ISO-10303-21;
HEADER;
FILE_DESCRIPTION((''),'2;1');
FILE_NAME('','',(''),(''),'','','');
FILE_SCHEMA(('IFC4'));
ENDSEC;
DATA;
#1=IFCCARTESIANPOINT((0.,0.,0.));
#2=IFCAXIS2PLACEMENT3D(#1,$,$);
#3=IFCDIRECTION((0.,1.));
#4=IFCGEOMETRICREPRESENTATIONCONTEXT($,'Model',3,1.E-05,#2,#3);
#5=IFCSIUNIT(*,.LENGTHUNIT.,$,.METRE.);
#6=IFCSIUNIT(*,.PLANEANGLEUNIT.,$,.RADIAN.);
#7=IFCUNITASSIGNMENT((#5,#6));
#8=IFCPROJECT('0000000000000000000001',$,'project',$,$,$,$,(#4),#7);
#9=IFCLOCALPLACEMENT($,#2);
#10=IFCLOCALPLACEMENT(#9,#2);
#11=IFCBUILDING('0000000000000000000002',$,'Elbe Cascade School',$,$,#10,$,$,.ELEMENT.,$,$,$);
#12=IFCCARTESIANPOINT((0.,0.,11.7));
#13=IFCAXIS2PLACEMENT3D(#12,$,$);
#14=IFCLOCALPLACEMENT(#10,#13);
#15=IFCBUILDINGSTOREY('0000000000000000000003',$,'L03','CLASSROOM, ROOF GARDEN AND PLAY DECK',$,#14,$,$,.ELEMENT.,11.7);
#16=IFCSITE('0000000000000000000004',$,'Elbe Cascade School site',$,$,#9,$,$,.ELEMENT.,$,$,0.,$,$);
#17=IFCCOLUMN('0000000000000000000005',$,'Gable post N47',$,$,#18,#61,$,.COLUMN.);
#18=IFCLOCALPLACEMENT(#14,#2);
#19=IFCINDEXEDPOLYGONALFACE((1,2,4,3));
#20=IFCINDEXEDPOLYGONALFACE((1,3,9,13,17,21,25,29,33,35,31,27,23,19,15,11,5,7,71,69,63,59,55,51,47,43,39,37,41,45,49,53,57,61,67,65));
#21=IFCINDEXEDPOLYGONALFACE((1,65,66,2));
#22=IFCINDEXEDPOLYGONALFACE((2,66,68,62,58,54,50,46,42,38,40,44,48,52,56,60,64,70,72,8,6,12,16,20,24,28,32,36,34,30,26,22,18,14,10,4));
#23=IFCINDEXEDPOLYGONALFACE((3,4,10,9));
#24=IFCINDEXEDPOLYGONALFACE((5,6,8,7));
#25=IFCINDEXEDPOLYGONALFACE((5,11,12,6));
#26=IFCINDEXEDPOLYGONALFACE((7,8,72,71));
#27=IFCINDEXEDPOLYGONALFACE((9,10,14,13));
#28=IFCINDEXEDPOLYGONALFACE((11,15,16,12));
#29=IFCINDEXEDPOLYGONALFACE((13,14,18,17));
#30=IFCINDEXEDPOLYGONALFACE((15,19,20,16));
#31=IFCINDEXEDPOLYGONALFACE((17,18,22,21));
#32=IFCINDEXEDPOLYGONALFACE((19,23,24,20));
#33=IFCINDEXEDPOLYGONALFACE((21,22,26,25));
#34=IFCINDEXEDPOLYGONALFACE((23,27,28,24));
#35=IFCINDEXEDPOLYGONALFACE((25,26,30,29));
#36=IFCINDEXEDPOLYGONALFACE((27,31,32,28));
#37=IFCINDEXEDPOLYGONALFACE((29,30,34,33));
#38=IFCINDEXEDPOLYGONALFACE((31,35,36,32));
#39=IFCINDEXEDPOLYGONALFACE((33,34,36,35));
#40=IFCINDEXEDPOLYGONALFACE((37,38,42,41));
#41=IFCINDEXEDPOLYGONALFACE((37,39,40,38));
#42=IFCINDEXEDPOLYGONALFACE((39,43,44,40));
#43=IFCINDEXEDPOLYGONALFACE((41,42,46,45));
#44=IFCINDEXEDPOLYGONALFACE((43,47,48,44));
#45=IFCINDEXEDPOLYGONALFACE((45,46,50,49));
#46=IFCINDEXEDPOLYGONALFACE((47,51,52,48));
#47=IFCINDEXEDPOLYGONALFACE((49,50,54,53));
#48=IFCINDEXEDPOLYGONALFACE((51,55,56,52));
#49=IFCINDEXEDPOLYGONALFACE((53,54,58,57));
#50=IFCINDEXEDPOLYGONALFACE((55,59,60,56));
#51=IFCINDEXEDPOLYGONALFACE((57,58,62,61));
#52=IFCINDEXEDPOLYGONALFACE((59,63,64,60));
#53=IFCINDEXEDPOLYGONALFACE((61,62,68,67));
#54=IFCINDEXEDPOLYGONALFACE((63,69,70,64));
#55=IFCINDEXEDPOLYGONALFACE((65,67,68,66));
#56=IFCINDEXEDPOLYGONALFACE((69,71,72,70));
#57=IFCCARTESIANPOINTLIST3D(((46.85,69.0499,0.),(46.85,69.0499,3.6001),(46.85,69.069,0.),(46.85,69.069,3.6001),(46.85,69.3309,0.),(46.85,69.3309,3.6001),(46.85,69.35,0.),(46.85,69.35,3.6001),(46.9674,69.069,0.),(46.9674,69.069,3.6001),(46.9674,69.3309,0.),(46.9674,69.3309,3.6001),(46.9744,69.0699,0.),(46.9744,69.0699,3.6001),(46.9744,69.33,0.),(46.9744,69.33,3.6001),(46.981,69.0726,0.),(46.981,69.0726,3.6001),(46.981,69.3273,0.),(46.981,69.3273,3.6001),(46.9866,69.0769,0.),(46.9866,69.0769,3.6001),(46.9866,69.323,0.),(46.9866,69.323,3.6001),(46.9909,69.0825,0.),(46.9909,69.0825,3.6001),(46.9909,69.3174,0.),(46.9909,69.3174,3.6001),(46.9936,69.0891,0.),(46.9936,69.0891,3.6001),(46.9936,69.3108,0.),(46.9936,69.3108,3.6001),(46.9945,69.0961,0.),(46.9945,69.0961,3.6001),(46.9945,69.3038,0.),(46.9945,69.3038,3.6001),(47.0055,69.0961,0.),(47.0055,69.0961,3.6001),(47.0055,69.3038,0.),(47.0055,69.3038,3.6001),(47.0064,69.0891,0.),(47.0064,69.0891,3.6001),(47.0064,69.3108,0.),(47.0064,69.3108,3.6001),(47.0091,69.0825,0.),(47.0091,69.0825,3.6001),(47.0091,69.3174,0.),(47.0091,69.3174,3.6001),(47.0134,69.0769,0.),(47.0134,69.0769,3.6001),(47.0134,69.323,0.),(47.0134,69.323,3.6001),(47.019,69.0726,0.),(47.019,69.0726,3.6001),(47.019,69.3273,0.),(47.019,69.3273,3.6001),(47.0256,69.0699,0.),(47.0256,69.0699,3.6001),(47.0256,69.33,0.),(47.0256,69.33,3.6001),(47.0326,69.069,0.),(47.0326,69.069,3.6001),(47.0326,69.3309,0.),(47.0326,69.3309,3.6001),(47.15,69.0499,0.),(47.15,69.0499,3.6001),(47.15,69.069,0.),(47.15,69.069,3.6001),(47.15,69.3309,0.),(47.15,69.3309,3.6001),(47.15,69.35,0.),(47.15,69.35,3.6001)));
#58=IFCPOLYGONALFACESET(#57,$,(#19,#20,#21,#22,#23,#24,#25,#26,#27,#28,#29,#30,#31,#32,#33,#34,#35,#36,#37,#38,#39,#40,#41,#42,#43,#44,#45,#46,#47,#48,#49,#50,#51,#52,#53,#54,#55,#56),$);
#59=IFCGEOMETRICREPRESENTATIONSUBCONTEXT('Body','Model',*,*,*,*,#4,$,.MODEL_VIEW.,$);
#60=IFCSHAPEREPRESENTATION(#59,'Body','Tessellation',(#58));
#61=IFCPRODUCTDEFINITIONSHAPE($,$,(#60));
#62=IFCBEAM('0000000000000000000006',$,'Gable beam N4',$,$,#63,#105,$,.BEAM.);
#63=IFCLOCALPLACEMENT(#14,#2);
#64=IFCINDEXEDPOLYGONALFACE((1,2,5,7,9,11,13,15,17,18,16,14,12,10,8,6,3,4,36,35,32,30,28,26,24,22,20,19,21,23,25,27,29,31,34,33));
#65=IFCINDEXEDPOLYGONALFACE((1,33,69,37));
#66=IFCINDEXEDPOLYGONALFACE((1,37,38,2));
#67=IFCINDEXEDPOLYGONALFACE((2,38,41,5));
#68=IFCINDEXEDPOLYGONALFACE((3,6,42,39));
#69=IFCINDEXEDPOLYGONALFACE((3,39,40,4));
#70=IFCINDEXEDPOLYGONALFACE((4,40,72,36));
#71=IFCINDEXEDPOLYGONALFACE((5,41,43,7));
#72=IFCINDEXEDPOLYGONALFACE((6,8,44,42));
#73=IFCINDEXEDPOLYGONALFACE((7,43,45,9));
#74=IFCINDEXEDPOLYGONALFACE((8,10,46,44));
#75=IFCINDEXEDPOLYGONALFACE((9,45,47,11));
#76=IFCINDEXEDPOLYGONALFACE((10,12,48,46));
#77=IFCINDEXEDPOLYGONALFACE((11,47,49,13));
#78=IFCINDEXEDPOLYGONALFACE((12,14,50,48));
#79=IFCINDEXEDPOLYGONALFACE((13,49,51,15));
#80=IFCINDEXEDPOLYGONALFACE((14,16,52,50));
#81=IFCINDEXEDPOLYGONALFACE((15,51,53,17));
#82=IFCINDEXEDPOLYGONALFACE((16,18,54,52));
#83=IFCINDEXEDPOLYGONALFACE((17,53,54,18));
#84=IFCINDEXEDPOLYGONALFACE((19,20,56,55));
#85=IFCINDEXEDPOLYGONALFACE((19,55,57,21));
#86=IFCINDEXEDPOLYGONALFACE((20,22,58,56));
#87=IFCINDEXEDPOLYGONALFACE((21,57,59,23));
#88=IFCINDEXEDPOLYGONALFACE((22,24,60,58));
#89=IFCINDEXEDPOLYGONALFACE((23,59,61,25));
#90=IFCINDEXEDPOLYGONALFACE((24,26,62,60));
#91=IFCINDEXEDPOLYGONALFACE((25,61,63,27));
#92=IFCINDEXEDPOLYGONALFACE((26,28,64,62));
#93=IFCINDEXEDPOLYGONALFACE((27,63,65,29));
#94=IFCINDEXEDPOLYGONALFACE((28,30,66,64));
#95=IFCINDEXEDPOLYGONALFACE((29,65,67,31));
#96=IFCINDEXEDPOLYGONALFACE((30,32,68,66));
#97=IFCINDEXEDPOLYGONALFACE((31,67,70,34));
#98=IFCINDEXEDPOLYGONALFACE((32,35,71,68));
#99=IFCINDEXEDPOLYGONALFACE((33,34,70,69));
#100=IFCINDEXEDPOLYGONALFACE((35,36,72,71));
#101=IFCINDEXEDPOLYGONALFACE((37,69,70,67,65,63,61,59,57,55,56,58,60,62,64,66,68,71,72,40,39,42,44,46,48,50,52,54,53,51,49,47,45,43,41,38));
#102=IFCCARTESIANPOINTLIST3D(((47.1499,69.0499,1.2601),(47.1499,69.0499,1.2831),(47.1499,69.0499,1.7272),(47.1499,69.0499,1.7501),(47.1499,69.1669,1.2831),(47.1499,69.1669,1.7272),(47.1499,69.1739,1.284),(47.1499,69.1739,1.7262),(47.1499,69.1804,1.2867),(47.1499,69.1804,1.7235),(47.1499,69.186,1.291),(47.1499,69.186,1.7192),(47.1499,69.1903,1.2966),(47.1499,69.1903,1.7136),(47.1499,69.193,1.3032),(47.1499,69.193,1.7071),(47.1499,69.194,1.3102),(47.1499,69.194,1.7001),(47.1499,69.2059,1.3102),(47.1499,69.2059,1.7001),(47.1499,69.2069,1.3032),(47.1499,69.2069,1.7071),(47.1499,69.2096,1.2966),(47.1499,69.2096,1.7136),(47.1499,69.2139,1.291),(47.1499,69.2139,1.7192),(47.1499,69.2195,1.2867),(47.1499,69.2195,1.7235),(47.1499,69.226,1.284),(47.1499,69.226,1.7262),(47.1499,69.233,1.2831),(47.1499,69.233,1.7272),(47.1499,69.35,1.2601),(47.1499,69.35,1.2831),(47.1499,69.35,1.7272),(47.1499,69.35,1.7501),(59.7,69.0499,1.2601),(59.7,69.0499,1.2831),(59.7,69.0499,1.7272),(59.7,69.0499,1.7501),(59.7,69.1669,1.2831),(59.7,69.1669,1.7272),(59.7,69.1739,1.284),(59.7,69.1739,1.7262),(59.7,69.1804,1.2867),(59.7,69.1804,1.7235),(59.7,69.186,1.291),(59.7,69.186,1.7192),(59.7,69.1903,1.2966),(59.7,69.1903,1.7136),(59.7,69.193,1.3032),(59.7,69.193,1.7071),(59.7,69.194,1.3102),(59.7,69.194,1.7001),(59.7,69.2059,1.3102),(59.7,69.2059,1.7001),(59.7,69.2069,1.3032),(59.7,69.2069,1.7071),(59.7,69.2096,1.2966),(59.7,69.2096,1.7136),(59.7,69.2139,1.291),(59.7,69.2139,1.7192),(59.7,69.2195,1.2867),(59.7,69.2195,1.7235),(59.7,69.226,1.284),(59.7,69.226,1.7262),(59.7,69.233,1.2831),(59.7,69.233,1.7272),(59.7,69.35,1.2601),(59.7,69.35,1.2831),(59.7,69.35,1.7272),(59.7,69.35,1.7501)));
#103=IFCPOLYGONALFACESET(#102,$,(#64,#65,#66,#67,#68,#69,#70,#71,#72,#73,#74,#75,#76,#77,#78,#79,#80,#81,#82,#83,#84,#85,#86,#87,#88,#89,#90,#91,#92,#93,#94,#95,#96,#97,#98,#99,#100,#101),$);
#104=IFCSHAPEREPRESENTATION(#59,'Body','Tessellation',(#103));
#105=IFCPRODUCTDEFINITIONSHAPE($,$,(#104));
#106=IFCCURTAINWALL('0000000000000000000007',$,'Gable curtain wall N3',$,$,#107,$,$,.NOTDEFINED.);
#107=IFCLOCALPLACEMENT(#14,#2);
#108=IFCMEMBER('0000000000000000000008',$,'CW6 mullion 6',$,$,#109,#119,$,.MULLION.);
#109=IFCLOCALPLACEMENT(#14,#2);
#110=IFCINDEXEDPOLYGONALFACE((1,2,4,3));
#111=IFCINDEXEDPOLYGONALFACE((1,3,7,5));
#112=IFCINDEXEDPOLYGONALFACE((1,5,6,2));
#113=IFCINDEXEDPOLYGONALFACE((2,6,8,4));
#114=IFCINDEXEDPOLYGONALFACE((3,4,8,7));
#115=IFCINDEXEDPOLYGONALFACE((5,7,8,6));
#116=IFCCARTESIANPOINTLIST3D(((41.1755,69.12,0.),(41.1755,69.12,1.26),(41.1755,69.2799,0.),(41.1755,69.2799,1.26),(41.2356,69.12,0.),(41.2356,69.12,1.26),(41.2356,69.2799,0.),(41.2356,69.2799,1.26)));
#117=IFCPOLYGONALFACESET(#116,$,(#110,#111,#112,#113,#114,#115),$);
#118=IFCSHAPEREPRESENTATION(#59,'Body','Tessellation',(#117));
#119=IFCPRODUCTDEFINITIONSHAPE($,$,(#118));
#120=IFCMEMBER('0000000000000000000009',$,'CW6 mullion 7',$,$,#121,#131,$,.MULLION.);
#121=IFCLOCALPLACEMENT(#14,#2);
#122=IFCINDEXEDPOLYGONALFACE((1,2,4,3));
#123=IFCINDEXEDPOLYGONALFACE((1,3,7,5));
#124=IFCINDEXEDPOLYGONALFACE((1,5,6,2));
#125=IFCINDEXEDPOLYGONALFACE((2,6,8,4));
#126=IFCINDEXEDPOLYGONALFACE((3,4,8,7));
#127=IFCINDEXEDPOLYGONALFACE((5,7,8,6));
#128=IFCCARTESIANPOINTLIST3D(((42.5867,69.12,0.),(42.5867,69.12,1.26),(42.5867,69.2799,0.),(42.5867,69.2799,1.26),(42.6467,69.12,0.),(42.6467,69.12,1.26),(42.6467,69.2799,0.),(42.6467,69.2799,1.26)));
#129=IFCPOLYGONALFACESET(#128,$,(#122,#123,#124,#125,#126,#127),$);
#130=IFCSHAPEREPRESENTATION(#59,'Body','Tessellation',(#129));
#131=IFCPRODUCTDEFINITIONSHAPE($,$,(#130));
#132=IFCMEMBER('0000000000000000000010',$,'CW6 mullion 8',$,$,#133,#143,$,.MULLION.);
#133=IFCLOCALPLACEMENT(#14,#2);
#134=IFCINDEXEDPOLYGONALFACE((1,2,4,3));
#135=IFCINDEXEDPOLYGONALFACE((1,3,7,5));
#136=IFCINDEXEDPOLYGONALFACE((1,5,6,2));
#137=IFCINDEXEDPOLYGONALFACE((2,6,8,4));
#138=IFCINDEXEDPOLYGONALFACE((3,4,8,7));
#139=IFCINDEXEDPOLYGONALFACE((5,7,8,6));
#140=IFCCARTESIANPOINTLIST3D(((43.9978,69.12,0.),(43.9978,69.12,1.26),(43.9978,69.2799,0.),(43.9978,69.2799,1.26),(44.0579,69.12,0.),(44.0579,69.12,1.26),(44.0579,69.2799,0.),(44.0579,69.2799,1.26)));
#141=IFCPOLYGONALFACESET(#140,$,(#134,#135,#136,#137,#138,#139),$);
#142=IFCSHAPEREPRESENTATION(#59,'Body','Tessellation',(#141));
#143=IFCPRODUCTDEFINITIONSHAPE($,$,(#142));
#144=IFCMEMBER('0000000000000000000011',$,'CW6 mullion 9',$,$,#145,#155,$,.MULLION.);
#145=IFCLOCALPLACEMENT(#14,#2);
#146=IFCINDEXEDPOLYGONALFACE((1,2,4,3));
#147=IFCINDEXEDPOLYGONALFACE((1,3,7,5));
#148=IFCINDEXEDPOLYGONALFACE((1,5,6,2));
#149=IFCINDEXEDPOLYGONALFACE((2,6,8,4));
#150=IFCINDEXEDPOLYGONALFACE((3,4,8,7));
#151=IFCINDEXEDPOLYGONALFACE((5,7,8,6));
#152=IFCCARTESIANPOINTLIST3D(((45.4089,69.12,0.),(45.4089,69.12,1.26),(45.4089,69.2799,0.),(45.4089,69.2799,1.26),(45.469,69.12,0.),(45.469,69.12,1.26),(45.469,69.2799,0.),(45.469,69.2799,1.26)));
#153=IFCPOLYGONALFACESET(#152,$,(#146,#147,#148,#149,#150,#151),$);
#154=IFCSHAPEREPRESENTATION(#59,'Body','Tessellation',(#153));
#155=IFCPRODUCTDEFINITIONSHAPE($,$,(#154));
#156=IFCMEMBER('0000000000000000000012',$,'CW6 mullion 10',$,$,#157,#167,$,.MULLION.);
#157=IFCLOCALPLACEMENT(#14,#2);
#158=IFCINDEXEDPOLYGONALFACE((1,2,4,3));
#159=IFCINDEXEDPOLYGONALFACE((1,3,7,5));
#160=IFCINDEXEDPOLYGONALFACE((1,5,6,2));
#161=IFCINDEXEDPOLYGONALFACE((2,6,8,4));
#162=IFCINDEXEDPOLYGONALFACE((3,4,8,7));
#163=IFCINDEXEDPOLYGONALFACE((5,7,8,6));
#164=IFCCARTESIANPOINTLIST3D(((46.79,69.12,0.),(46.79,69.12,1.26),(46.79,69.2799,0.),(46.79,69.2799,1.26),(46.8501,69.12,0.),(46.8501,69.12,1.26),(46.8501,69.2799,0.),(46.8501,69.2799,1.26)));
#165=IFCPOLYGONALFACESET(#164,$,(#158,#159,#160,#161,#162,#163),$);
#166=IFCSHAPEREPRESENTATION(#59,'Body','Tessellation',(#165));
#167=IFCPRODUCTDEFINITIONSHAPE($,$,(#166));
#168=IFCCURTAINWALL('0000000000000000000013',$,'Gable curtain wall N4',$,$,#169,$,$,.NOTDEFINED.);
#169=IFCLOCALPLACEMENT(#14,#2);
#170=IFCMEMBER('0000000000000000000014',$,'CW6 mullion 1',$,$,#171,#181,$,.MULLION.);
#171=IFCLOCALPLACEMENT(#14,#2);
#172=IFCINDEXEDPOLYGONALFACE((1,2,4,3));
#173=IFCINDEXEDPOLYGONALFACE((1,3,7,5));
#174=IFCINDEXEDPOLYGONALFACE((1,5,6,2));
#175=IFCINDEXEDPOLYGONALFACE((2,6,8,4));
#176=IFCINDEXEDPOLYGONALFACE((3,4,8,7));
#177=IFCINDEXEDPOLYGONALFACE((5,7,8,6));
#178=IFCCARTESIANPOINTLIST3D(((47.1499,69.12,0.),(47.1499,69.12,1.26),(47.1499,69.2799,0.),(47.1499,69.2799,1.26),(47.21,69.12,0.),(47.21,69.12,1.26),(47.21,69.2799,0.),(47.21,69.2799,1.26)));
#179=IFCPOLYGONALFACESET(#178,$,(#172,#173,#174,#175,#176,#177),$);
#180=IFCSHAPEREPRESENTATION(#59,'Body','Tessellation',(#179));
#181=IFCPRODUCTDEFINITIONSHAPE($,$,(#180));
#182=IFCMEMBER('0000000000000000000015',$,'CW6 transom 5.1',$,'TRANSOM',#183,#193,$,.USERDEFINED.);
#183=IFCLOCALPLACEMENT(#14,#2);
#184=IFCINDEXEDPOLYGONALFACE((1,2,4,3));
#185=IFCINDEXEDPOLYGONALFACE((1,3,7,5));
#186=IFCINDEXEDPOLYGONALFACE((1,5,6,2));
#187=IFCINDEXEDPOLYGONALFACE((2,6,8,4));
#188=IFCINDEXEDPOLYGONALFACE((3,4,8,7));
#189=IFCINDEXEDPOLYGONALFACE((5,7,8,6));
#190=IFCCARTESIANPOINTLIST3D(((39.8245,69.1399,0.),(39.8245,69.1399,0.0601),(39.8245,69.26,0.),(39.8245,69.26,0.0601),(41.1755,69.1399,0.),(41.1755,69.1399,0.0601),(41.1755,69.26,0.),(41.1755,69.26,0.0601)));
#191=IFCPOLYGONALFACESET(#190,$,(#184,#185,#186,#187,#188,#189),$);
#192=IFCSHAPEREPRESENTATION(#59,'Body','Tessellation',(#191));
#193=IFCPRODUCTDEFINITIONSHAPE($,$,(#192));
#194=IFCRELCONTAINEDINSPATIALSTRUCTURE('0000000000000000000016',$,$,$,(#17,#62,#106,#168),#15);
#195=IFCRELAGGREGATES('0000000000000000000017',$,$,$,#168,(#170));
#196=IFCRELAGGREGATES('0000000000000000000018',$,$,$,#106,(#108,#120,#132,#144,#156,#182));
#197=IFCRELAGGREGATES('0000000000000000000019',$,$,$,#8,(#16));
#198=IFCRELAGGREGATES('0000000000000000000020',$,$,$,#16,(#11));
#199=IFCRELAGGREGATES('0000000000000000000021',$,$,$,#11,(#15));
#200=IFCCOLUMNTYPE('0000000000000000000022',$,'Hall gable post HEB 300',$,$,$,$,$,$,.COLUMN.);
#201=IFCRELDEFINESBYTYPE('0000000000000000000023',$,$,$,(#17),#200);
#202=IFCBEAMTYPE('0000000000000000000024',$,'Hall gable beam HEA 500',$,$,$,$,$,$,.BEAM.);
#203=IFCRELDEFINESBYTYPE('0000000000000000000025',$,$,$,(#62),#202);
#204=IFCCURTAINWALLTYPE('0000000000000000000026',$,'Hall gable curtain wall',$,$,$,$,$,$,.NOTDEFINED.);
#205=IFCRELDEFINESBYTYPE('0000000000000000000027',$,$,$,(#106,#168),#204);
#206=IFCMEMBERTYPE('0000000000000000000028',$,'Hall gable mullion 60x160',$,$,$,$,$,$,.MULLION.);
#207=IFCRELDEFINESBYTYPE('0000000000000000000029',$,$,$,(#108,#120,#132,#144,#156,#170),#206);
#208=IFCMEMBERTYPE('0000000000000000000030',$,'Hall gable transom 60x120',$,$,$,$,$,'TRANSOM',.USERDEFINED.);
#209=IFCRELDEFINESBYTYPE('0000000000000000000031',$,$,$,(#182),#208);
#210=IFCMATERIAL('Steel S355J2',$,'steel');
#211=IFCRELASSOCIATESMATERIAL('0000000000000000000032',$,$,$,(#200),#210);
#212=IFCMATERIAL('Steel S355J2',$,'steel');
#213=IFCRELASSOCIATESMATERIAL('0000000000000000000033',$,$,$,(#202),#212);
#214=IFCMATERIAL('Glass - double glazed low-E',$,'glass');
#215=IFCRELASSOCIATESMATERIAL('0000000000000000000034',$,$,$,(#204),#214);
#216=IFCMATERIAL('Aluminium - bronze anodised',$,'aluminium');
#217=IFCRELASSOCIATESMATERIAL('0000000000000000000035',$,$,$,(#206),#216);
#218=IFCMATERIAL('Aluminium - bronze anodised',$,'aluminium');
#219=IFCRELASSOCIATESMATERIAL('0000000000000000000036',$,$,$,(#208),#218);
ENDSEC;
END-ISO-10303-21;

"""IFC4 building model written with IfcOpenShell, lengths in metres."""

from ifc_helpers import new_model, si_unit, direction, frame, origin, origin_2d, place, context, subcontext, project, spatial, rectangle, i_section, extrude, material, material_profile, profile_set, type_object, element, aggregate, save


model = new_model("IFC4")

# Units and contexts
model_context = context("Model", 3, precision=1e-05, world=origin(), true_north=direction((0.0, 1.0)))
body_context = subcontext(model_context, "Body", "Model", "MODEL_VIEW")
ifc_project = project(units=[si_unit("LENGTHUNIT", "METRE"), si_unit("PLANEANGLEUNIT", "RADIAN")], contexts=[model_context])

# Site, building, storey
site_placement = place(None, origin())
site = spatial("IfcSite", under=ifc_project, at=site_placement, Name="Elbe Cascade School site", CompositionType="ELEMENT", RefElevation=0.0)
building_placement = place(site_placement, origin())
building = spatial("IfcBuilding", under=site, at=building_placement, Name="Elbe Cascade School", CompositionType="ELEMENT")
storey_placement = place(building_placement, frame((0.0, 0.0, 11.7)))
storey = spatial("IfcBuildingStorey", under=building, at=storey_placement, Name="L03", Description="CLASSROOM, ROOF GARDEN AND PLAY DECK", CompositionType="ELEMENT", Elevation=11.7)

# Column
ifc_material_1 = material(Name="Steel S355J2", Category="steel")
ifc_material_profile_1 = material_profile(ifc_material_1, i_section(OverallWidth=0.3, OverallDepth=0.3, WebThickness=0.011, FlangeThickness=0.019, FilletRadius=0.0271, at=origin_2d()), Name="HEB 300")
ifc_profile_set_1 = profile_set([ifc_material_profile_1], Name="Steel S355J2")
column_type = type_object("IfcColumnType", Name="Hall gable post HEB 300", PredefinedType="COLUMN", material=ifc_profile_set_1)
column_placement = place(storey_placement, frame((47.0, 69.2, 0.0), z_axis=(0.0, 0.0, 1.0), x_axis=(1.0, 0.0, 0.0)))
element("IfcColumn", 1, at=column_placement, inside=storey, type_object=column_type, Name="Gable post N47", PredefinedType="COLUMN", context=body_context, shape_type="SweptSolid", body=[
    extrude(i_section(OverallWidth=0.3, OverallDepth=0.3, WebThickness=0.011, FlangeThickness=0.019, FilletRadius=0.0271, at=origin_2d()), origin(), (0.0, 0.0, 1.0), 3.6001),
])

# Beam
ifc_material_2 = material(Name="Steel S355J2", Category="steel")
ifc_material_profile_2 = material_profile(ifc_material_2, i_section(OverallWidth=0.3, OverallDepth=0.49, WebThickness=0.012, FlangeThickness=0.0229, FilletRadius=0.0271, at=origin_2d()), Name="HEA 500")
ifc_profile_set_2 = profile_set([ifc_material_profile_2], Name="Steel S355J2")
beam_type = type_object("IfcBeamType", Name="Hall gable beam HEA 500", PredefinedType="BEAM", material=ifc_profile_set_2)
beam_placement = place(storey_placement, frame((47.1499, 69.2, 1.5051), z_axis=(1.0, 0.0, 0.0), x_axis=(0.0, 1.0, 0.0)))
element("IfcBeam", 2, at=beam_placement, inside=storey, type_object=beam_type, Name="Gable beam N4", PredefinedType="BEAM", context=body_context, shape_type="SweptSolid", body=[
    extrude(i_section(OverallWidth=0.3, OverallDepth=0.49, WebThickness=0.012, FlangeThickness=0.0229, FilletRadius=0.0271, at=origin_2d()), origin(), (0.0, 0.0, 1.0), 12.55),
])

# Curtain wall, members
ifc_material_3 = material(Name="Glass - double glazed low-E", Category="glass")
curtain_wall_type = type_object("IfcCurtainWallType", Name="Hall gable curtain wall", PredefinedType="NOTDEFINED", material=ifc_material_3)
curtain_wall_1_placement = place(storey_placement, origin())
curtain_wall_1 = element("IfcCurtainWall", 3, at=curtain_wall_1_placement, inside=storey, type_object=curtain_wall_type, Name="Gable curtain wall N3", PredefinedType="NOTDEFINED")
ifc_material_4 = material(Name="Aluminium - bronze anodised", Category="aluminium")
ifc_material_profile_3 = material_profile(ifc_material_4, rectangle(XDim=0.1599, YDim=0.0601, at=origin_2d()), Name="Alu 60x160")
ifc_profile_set_3 = profile_set([ifc_material_profile_3], Name="Aluminium - bronze anodised")
member_type_1 = type_object("IfcMemberType", Name="Hall gable mullion 60x160", PredefinedType="MULLION", material=ifc_profile_set_3)
member_1_placement = place(storey_placement, frame((41.2056, 69.2, 0.0), z_axis=(0.0, 0.0, 1.0), x_axis=(0.0, 1.0, 0.0)))
member_1 = element("IfcMember", 4, at=member_1_placement, type_object=member_type_1, Name="CW6 mullion 6", PredefinedType="MULLION", context=body_context, shape_type="SweptSolid", body=[
    extrude(rectangle(XDim=0.1599, YDim=0.0601, at=origin_2d()), origin(), (0.0, 0.0, 1.0), 1.26),
])
member_2_placement = place(storey_placement, frame((42.6167, 69.2, 0.0), z_axis=(0.0, 0.0, 1.0), x_axis=(0.0, 1.0, 0.0)))
member_2 = element("IfcMember", 5, at=member_2_placement, type_object=member_type_1, Name="CW6 mullion 7", PredefinedType="MULLION", context=body_context, shape_type="SweptSolid", body=[
    extrude(rectangle(XDim=0.1599, YDim=0.0601, at=origin_2d()), origin(), (0.0, 0.0, 1.0), 1.26),
])
member_3_placement = place(storey_placement, frame((44.0278, 69.2, 0.0), z_axis=(0.0, 0.0, 1.0), x_axis=(0.0, 1.0, 0.0)))
member_3 = element("IfcMember", 6, at=member_3_placement, type_object=member_type_1, Name="CW6 mullion 8", PredefinedType="MULLION", context=body_context, shape_type="SweptSolid", body=[
    extrude(rectangle(XDim=0.1599, YDim=0.0601, at=origin_2d()), origin(), (0.0, 0.0, 1.0), 1.26),
])
member_4_placement = place(storey_placement, frame((45.439, 69.2, 0.0), z_axis=(0.0, 0.0, 1.0), x_axis=(0.0, 1.0, 0.0)))
member_4 = element("IfcMember", 7, at=member_4_placement, type_object=member_type_1, Name="CW6 mullion 9", PredefinedType="MULLION", context=body_context, shape_type="SweptSolid", body=[
    extrude(rectangle(XDim=0.1599, YDim=0.0601, at=origin_2d()), origin(), (0.0, 0.0, 1.0), 1.26),
])
member_5_placement = place(storey_placement, frame((46.8201, 69.2, 0.0), z_axis=(0.0, 0.0, 1.0), x_axis=(0.0, 1.0, 0.0)))
member_5 = element("IfcMember", 8, at=member_5_placement, type_object=member_type_1, Name="CW6 mullion 10", PredefinedType="MULLION", context=body_context, shape_type="SweptSolid", body=[
    extrude(rectangle(XDim=0.1599, YDim=0.0601, at=origin_2d()), origin(), (0.0, 0.0, 1.0), 1.26),
])

# Curtain wall, member
curtain_wall_2_placement = place(storey_placement, origin())
curtain_wall_2 = element("IfcCurtainWall", 9, at=curtain_wall_2_placement, inside=storey, type_object=curtain_wall_type, Name="Gable curtain wall N4", PredefinedType="NOTDEFINED")
member_6_placement = place(storey_placement, frame((47.1799, 69.2, 0.0), z_axis=(0.0, 0.0, 1.0), x_axis=(0.0, 1.0, 0.0)))
member_6 = element("IfcMember", 10, at=member_6_placement, type_object=member_type_1, Name="CW6 mullion 1", PredefinedType="MULLION", context=body_context, shape_type="SweptSolid", body=[
    extrude(rectangle(XDim=0.1599, YDim=0.0601, at=origin_2d()), origin(), (0.0, 0.0, 1.0), 1.26),
])
aggregate(curtain_wall_2, [member_6])

# Member
ifc_material_5 = material(Name="Aluminium - bronze anodised", Category="aluminium")
ifc_material_profile_4 = material_profile(ifc_material_5, rectangle(XDim=0.1201, YDim=0.0601, at=origin_2d()), Name="Alu 60x120")
ifc_profile_set_4 = profile_set([ifc_material_profile_4], Name="Aluminium - bronze anodised")
member_type_2 = type_object("IfcMemberType", Name="Hall gable transom 60x120", ElementType="TRANSOM", PredefinedType="USERDEFINED", material=ifc_profile_set_4)
member_7_placement = place(storey_placement, frame((39.8245, 69.2, 0.03), z_axis=(1.0, 0.0, 0.0), x_axis=(0.0, 1.0, 0.0)))
member_7 = element("IfcMember", 11, at=member_7_placement, type_object=member_type_2, Name="CW6 transom 5.1", ObjectType="TRANSOM", PredefinedType="USERDEFINED", context=body_context, shape_type="SweptSolid", body=[
    extrude(rectangle(XDim=0.1201, YDim=0.0601, at=origin_2d()), origin(), (0.0, 0.0, 1.0), 1.3511),
])

aggregate(curtain_wall_1, [member_1, member_2, member_3, member_4, member_5, member_7])

save(model, "model.ifc")
